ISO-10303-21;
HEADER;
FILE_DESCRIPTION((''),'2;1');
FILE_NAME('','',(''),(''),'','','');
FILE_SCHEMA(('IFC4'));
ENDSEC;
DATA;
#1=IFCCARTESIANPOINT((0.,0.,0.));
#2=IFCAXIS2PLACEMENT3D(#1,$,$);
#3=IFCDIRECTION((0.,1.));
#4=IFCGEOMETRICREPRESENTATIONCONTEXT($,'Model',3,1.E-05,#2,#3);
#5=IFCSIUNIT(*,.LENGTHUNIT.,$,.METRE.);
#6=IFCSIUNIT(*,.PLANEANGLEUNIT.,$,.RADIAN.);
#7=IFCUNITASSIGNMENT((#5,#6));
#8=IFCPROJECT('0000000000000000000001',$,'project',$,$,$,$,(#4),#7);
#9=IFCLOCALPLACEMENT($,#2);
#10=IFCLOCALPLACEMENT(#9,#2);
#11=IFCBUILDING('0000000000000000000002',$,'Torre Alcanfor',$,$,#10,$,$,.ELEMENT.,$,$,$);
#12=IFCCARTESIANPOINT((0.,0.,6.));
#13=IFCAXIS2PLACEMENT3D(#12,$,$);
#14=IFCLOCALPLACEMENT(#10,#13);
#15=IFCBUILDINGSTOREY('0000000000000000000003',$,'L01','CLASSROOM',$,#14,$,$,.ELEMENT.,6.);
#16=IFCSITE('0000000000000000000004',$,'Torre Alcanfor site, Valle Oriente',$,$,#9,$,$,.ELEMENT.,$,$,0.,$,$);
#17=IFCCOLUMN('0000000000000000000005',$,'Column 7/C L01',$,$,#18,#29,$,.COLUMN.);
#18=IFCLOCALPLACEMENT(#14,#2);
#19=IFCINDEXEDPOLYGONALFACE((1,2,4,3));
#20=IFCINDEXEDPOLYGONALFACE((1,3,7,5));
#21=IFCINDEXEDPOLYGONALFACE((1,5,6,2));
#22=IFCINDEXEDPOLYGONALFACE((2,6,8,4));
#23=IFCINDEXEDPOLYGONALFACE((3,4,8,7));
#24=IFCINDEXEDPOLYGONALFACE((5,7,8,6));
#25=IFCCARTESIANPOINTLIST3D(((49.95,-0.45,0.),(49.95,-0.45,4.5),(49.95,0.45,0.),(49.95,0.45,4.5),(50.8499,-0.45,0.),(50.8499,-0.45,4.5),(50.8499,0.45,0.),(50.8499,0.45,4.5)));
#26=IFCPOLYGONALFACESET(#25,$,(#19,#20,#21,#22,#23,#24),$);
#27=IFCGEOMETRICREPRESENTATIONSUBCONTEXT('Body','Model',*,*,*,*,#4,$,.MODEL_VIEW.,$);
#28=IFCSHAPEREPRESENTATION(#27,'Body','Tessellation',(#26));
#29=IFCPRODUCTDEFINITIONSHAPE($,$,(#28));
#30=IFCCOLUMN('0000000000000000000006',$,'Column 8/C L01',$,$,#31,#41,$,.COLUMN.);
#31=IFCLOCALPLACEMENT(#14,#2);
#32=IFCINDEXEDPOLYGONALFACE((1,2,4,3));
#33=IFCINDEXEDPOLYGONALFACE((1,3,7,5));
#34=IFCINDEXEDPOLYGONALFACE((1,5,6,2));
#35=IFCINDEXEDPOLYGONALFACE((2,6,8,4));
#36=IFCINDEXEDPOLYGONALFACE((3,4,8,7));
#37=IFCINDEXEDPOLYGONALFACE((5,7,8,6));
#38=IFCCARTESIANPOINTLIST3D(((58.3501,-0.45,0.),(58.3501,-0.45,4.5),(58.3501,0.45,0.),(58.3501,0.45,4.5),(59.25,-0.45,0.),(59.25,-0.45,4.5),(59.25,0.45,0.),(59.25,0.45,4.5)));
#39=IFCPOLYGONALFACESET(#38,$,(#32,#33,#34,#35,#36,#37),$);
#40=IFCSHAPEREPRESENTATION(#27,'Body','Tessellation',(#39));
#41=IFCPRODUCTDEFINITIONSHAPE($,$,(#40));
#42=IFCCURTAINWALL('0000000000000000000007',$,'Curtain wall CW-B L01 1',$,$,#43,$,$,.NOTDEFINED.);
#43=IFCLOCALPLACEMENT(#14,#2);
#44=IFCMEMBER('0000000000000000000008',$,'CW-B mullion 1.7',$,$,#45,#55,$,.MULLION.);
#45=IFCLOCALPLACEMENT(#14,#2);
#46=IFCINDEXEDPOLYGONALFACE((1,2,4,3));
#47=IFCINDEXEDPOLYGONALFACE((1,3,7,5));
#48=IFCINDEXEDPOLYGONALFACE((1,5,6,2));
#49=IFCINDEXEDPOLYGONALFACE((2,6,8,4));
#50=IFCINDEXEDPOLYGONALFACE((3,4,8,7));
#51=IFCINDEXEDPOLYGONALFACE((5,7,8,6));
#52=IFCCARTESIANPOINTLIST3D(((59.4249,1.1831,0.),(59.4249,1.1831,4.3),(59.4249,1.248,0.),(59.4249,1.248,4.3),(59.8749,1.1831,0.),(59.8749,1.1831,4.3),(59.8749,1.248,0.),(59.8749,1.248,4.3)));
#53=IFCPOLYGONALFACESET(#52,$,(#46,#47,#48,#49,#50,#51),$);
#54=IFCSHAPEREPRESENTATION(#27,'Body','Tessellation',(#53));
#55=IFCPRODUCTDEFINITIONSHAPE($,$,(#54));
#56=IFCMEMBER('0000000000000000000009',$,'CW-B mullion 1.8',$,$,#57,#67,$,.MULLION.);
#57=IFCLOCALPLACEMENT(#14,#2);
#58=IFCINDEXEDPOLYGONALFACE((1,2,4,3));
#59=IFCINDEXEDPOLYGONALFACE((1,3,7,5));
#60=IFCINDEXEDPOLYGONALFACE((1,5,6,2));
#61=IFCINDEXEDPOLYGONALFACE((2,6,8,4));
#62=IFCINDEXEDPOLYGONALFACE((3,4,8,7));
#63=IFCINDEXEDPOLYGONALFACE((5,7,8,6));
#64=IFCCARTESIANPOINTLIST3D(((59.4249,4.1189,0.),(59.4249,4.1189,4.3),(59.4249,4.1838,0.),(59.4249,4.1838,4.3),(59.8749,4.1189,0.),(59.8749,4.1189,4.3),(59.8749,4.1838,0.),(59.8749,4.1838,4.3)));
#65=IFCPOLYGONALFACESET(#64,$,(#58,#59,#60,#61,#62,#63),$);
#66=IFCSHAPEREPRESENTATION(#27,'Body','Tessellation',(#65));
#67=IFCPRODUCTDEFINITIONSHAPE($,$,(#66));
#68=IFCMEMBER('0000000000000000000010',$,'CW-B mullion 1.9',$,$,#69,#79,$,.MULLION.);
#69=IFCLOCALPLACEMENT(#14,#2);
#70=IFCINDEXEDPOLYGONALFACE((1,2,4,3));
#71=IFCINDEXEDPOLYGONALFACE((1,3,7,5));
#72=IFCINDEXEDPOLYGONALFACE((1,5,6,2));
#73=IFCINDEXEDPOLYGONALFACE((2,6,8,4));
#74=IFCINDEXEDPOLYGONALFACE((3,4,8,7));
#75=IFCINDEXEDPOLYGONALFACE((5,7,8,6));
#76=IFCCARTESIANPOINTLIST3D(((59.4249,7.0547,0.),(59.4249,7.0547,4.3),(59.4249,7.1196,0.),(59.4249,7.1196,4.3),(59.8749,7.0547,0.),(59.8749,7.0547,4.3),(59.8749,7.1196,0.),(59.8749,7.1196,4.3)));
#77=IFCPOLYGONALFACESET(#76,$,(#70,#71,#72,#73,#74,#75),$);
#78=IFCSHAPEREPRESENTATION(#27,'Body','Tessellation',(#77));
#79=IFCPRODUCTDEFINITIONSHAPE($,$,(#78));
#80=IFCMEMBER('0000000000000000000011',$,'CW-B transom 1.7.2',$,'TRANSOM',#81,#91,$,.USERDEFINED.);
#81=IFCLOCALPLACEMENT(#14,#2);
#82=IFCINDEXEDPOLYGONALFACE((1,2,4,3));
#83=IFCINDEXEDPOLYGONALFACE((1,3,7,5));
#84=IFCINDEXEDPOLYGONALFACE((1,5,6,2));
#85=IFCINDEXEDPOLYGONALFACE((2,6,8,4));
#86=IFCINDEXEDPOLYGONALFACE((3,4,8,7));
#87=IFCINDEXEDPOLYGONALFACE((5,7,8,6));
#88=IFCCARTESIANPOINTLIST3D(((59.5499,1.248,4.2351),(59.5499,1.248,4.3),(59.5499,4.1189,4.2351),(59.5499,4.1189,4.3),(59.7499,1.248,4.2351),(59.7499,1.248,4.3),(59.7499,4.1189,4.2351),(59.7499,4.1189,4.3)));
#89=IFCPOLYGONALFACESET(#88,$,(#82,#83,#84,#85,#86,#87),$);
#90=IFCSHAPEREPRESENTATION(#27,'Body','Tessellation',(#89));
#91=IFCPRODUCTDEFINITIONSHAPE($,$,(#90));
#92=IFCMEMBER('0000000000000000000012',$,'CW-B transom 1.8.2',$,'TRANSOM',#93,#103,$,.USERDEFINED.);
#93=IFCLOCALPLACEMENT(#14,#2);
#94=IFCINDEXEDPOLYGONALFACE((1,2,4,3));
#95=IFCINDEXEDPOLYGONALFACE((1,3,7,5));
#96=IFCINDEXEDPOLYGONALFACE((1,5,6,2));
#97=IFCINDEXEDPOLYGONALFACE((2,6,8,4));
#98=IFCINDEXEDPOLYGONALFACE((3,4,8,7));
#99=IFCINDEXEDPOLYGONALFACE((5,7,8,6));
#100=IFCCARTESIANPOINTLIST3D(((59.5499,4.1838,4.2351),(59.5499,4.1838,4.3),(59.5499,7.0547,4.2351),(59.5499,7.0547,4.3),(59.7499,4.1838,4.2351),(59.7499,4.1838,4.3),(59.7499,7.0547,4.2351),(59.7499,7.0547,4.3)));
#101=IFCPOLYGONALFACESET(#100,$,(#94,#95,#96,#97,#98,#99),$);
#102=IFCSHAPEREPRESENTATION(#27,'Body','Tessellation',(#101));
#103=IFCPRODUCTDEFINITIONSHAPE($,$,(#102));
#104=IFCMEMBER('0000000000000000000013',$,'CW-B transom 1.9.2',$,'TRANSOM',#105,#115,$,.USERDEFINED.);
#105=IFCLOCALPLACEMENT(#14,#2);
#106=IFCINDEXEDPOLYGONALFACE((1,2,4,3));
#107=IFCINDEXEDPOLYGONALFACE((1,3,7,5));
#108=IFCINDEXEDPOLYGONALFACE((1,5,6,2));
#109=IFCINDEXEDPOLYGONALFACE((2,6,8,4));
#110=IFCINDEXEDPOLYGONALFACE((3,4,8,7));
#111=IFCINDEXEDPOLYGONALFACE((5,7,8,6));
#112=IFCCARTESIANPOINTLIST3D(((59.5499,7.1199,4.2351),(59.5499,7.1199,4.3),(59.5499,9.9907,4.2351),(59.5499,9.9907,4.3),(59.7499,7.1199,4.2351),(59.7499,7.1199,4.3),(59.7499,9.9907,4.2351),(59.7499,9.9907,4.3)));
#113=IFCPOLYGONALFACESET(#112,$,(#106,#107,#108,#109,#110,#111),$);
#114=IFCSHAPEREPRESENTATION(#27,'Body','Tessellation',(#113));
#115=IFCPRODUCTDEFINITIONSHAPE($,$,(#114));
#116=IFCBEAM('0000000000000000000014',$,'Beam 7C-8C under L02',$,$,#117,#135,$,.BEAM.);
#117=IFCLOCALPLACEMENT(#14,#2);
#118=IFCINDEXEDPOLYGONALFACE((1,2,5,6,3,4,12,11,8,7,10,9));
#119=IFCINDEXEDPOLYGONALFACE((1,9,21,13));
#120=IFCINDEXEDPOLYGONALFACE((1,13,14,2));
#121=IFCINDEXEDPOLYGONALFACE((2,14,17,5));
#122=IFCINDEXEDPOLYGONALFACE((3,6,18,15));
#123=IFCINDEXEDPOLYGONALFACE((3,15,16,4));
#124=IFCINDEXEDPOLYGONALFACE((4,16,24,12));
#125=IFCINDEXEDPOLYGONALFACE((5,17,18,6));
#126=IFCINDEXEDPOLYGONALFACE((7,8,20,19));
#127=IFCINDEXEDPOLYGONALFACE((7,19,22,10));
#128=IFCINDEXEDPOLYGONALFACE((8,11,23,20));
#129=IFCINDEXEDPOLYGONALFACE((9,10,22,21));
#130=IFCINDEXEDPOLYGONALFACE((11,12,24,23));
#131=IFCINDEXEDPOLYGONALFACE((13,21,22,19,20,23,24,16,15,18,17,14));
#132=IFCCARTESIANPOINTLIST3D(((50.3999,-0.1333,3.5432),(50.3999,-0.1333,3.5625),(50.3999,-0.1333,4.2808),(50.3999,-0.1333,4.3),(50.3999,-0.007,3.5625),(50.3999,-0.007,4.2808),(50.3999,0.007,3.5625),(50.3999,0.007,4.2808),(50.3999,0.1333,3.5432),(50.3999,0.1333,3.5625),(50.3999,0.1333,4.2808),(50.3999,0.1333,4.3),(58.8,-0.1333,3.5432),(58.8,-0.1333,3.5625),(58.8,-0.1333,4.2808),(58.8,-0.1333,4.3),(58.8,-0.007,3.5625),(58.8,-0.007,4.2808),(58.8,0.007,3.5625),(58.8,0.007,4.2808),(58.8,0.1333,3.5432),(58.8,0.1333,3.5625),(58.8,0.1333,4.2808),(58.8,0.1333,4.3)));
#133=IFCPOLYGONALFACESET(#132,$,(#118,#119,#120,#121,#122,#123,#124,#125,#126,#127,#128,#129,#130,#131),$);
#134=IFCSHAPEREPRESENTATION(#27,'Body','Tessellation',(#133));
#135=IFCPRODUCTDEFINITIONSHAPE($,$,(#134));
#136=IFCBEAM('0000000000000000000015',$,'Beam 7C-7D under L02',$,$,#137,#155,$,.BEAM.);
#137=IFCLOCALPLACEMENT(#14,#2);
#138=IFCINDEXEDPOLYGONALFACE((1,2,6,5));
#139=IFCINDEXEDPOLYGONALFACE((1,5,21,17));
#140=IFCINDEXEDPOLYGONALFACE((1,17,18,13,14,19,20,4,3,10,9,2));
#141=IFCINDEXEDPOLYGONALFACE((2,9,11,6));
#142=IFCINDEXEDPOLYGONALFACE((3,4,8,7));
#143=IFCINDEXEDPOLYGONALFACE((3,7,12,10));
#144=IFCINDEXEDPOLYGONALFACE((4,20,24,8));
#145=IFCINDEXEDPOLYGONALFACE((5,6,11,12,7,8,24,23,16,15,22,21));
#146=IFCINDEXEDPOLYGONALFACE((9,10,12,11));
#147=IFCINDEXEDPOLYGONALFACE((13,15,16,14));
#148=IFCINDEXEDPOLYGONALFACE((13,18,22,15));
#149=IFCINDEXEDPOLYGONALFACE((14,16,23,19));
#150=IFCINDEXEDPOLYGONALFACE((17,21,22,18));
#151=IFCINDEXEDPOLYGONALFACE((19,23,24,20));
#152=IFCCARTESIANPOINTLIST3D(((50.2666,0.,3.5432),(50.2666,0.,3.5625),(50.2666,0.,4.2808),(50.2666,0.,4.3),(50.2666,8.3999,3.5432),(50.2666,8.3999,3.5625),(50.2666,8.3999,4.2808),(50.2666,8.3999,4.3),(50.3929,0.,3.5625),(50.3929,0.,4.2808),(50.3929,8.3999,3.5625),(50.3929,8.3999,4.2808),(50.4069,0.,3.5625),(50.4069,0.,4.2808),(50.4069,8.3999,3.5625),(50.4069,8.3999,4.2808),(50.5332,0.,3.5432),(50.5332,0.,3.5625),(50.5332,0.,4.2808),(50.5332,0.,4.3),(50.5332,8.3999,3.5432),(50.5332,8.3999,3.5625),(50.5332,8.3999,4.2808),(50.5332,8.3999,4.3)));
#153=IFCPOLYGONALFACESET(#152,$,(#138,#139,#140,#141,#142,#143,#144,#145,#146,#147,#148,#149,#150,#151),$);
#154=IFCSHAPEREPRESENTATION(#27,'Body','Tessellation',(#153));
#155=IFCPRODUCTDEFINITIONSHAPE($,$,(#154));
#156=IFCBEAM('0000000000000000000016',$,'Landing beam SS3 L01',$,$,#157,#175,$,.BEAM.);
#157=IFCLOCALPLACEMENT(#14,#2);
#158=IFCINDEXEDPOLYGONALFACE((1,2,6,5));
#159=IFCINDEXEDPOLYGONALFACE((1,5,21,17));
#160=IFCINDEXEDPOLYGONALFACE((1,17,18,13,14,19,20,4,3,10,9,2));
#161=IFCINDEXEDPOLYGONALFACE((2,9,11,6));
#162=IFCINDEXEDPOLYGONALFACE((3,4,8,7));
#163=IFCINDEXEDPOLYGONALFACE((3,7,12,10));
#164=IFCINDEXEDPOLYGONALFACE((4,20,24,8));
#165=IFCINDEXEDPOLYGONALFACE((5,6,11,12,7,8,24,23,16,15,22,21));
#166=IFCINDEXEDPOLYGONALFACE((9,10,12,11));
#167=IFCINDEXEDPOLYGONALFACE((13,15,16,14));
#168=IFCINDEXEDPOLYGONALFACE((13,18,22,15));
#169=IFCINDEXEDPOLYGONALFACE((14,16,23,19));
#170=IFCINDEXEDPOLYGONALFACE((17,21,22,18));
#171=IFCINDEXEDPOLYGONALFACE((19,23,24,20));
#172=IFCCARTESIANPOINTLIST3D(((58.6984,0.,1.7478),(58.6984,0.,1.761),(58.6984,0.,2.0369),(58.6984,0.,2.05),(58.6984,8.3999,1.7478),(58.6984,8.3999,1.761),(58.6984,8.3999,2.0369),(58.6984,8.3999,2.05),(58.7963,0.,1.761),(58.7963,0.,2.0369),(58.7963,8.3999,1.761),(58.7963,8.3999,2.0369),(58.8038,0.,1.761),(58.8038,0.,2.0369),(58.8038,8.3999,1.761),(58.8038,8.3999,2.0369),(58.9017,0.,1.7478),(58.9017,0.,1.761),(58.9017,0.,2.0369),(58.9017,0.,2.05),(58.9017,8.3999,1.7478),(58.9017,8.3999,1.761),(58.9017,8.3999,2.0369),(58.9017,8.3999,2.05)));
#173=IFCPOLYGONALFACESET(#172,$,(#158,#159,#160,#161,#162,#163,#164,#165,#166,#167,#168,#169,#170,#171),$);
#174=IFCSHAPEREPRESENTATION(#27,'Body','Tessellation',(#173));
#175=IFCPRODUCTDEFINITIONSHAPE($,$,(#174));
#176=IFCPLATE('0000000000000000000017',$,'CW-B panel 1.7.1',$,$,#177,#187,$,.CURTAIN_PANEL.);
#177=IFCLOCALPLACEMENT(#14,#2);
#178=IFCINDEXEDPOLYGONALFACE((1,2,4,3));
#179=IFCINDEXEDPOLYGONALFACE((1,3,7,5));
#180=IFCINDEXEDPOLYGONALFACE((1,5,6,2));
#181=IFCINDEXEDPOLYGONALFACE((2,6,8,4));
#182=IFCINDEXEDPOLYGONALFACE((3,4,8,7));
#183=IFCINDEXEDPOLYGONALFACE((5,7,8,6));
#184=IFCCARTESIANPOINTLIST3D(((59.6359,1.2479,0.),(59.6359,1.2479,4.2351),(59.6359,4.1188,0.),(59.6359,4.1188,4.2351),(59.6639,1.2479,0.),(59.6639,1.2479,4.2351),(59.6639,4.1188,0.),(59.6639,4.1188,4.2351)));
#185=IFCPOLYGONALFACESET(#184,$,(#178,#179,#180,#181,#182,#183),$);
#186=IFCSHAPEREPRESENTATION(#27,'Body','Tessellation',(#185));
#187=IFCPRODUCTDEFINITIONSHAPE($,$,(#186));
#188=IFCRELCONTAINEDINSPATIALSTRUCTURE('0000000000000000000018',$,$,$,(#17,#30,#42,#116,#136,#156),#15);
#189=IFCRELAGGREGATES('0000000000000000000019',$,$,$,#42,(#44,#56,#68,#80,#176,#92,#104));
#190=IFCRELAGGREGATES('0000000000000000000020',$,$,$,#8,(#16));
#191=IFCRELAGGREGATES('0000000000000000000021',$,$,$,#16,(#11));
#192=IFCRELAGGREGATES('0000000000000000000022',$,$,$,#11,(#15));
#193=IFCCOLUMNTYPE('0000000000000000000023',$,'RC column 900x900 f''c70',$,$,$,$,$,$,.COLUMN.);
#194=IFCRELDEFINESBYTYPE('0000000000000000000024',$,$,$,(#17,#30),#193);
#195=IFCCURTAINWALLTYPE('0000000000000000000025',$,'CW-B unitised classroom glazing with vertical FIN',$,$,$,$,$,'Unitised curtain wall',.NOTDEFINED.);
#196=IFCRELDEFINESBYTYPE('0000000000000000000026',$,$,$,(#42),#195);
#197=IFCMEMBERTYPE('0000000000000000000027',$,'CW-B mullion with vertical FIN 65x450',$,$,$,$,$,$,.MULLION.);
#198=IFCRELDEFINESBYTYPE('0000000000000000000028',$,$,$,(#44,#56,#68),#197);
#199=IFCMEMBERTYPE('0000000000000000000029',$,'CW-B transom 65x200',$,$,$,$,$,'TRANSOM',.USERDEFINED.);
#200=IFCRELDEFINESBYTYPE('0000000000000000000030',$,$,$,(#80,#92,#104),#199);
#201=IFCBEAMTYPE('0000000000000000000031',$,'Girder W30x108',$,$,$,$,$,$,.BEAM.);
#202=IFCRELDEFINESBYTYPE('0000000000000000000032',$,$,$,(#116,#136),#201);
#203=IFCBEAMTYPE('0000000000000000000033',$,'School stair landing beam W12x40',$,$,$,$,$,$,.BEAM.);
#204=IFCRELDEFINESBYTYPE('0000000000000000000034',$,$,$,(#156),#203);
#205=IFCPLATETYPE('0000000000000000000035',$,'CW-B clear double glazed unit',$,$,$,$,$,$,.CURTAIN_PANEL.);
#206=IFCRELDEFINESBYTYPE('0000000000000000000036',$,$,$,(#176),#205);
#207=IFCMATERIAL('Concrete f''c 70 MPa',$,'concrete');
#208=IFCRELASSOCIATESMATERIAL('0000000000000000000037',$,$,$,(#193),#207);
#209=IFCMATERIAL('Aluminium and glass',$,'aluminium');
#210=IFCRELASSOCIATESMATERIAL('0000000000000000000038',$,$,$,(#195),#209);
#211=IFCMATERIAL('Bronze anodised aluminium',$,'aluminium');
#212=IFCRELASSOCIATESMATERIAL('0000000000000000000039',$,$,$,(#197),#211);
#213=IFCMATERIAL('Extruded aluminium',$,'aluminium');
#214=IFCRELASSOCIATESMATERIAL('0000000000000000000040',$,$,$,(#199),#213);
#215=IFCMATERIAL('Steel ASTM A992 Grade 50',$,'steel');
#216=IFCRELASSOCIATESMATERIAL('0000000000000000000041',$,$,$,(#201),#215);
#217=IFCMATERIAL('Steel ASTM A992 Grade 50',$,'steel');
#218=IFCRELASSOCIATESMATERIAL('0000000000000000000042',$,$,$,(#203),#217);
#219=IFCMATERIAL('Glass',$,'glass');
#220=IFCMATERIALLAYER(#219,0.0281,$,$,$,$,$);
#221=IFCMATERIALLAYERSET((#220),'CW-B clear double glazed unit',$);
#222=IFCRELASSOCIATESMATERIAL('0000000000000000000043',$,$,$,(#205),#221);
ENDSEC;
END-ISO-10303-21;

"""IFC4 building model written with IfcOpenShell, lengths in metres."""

from ifc_helpers import new_model, si_unit, direction, frame, origin, origin_2d, place, context, subcontext, project, spatial, rectangle, i_section, extrude, material, layer, layer_set, material_profile, profile_set, type_object, element, aggregate, save


model = new_model("IFC4")

# Units and contexts
model_context = context("Model", 3, precision=1e-05, world=origin(), true_north=direction((0.0, 1.0)))
body_context = subcontext(model_context, "Body", "Model", "MODEL_VIEW")
ifc_project = project(units=[si_unit("LENGTHUNIT", "METRE"), si_unit("PLANEANGLEUNIT", "RADIAN")], contexts=[model_context])

# Site, building, storey
site_placement = place(None, origin())
site = spatial("IfcSite", under=ifc_project, at=site_placement, Name="Torre Alcanfor site, Valle Oriente", CompositionType="ELEMENT", RefElevation=0.0)
building_placement = place(site_placement, origin())
building = spatial("IfcBuilding", under=site, at=building_placement, Name="Torre Alcanfor", CompositionType="ELEMENT")
storey_placement = place(building_placement, frame((0.0, 0.0, 6.0)))
storey = spatial("IfcBuildingStorey", under=building, at=storey_placement, Name="L01", Description="CLASSROOM", CompositionType="ELEMENT", Elevation=6.0)

# Columns
ifc_material_1 = material(Name="Concrete f'c 70 MPa", Category="concrete")
ifc_material_profile_1 = material_profile(ifc_material_1, rectangle(XDim=0.8999, YDim=0.8999, at=origin_2d()), Name="900x900")
ifc_profile_set_1 = profile_set([ifc_material_profile_1], Name="Concrete f'c 70 MPa")
column_type = type_object("IfcColumnType", Name="RC column 900x900 f'c70", PredefinedType="COLUMN", material=ifc_profile_set_1)
for number, where, z_axis, x_axis, name in (
    (1, (50.3999, 0.0, 0.0), (0.0, 0.0, 1.0), (1.0, 0.0, 0.0), "Column 7/C L01"),
    (2, (58.8, 0.0, 0.0), (0.0, 0.0, 1.0), (1.0, 0.0, 0.0), "Column 8/C L01"),
):
    element("IfcColumn", number, at=place(storey_placement, frame(where, z_axis=z_axis, x_axis=x_axis)), inside=storey, type_object=column_type, Name=name, PredefinedType="COLUMN", context=body_context, shape_type="SweptSolid", body=[
        extrude(rectangle(XDim=0.8999, YDim=0.8999, at=origin_2d()), origin(), (0.0, 0.0, 1.0), 4.5),
    ])

# Curtain wall, members
ifc_material_2 = material(Name="Aluminium and glass", Category="aluminium")
curtain_wall_type = type_object("IfcCurtainWallType", Name="CW-B unitised classroom glazing with vertical FIN", ElementType="Unitised curtain wall", PredefinedType="NOTDEFINED", material=ifc_material_2)
curtain_wall_placement = place(storey_placement, origin())
curtain_wall = element("IfcCurtainWall", 3, at=curtain_wall_placement, inside=storey, type_object=curtain_wall_type, Name="Curtain wall CW-B L01 1", PredefinedType="NOTDEFINED")
ifc_material_3 = material(Name="Bronze anodised aluminium", Category="aluminium")
ifc_material_profile_2 = material_profile(ifc_material_3, rectangle(XDim=0.45, YDim=0.0649, at=origin_2d()), Name="CW-B mullion 65x450")
ifc_profile_set_2 = profile_set([ifc_material_profile_2], Name="Bronze anodised aluminium")
member_type_1 = type_object("IfcMemberType", Name="CW-B mullion with vertical FIN 65x450", PredefinedType="MULLION", material=ifc_profile_set_2)
member_1_placement = place(storey_placement, frame((59.6499, 1.2156, 0.0), z_axis=(0.0, 0.0, 1.0), x_axis=(-1.0, 0.0, 0.0)))
member_1 = element("IfcMember", 4, at=member_1_placement, type_object=member_type_1, Name="CW-B mullion 1.7", PredefinedType="MULLION", context=body_context, shape_type="SweptSolid", body=[
    extrude(rectangle(XDim=0.45, YDim=0.0649, at=origin_2d()), origin(), (0.0, 0.0, 1.0), 4.3),
])
member_2_placement = place(storey_placement, frame((59.6499, 4.1514, 0.0), z_axis=(0.0, 0.0, 1.0), x_axis=(-1.0, 0.0, 0.0)))
member_2 = element("IfcMember", 5, at=member_2_placement, type_object=member_type_1, Name="CW-B mullion 1.8", PredefinedType="MULLION", context=body_context, shape_type="SweptSolid", body=[
    extrude(rectangle(XDim=0.45, YDim=0.0649, at=origin_2d()), origin(), (0.0, 0.0, 1.0), 4.3),
])
member_3_placement = place(storey_placement, frame((59.6499, 7.0872, 0.0), z_axis=(0.0, 0.0, 1.0), x_axis=(-1.0, 0.0, 0.0)))
member_3 = element("IfcMember", 6, at=member_3_placement, type_object=member_type_1, Name="CW-B mullion 1.9", PredefinedType="MULLION", context=body_context, shape_type="SweptSolid", body=[
    extrude(rectangle(XDim=0.45, YDim=0.0649, at=origin_2d()), origin(), (0.0, 0.0, 1.0), 4.3),
])
ifc_material_4 = material(Name="Extruded aluminium", Category="aluminium")
ifc_material_profile_3 = material_profile(ifc_material_4, rectangle(XDim=0.2, YDim=0.0649, at=origin_2d()), Name="CW-B transom 200x65")
ifc_profile_set_3 = profile_set([ifc_material_profile_3], Name="Extruded aluminium")
member_type_2 = type_object("IfcMemberType", Name="CW-B transom 65x200", ElementType="TRANSOM", PredefinedType="USERDEFINED", material=ifc_profile_set_3)
member_4_placement = place(storey_placement, frame((59.6499, 1.248, 4.2676), z_axis=(0.0, 1.0, 0.0), x_axis=(-1.0, 0.0, 0.0)))
member_4 = element("IfcMember", 7, at=member_4_placement, type_object=member_type_2, Name="CW-B transom 1.7.2", ObjectType="TRANSOM", PredefinedType="USERDEFINED", context=body_context, shape_type="SweptSolid", body=[
    extrude(rectangle(XDim=0.2, YDim=0.0649, at=origin_2d()), origin(), (0.0, 0.0, 1.0), 2.8708),
])
member_5_placement = place(storey_placement, frame((59.6499, 4.1838, 4.2676), z_axis=(0.0, 1.0, 0.0), x_axis=(-1.0, 0.0, 0.0)))
member_5 = element("IfcMember", 8, at=member_5_placement, type_object=member_type_2, Name="CW-B transom 1.8.2", ObjectType="TRANSOM", PredefinedType="USERDEFINED", context=body_context, shape_type="SweptSolid", body=[
    extrude(rectangle(XDim=0.2, YDim=0.0649, at=origin_2d()), origin(), (0.0, 0.0, 1.0), 2.8708),
])
member_6_placement = place(storey_placement, frame((59.6499, 7.1199, 4.2676), z_axis=(0.0, 1.0, 0.0), x_axis=(-1.0, 0.0, 0.0)))
member_6 = element("IfcMember", 9, at=member_6_placement, type_object=member_type_2, Name="CW-B transom 1.9.2", ObjectType="TRANSOM", PredefinedType="USERDEFINED", context=body_context, shape_type="SweptSolid", body=[
    extrude(rectangle(XDim=0.2, YDim=0.0649, at=origin_2d()), origin(), (0.0, 0.0, 1.0), 2.8708),
])

# Beams
ifc_material_5 = material(Name="Steel ASTM A992 Grade 50", Category="steel")
ifc_material_profile_4 = material_profile(ifc_material_5, i_section(OverallWidth=0.2666, OverallDepth=0.7568, WebThickness=0.0139, FlangeThickness=0.0193, at=origin_2d()), Name="W30x108")
ifc_profile_set_4 = profile_set([ifc_material_profile_4], Name="Steel ASTM A992 Grade 50")
beam_type_1 = type_object("IfcBeamType", Name="Girder W30x108", PredefinedType="BEAM", material=ifc_profile_set_4)
beam_1_placement = place(storey_placement, frame((50.3999, 0.0, 3.9216), z_axis=(1.0, 0.0, 0.0), x_axis=(0.0, 1.0, 0.0)))
element("IfcBeam", 10, at=beam_1_placement, inside=storey, type_object=beam_type_1, Name="Beam 7C-8C under L02", PredefinedType="BEAM", context=body_context, shape_type="SweptSolid", body=[
    extrude(i_section(OverallWidth=0.2666, OverallDepth=0.7568, WebThickness=0.0139, FlangeThickness=0.0193, at=origin_2d()), origin(), (0.0, 0.0, 1.0), 8.4001),
])
beam_2_placement = place(storey_placement, frame((50.3999, 0.0, 3.9216), z_axis=(0.0, 1.0, 0.0), x_axis=(-1.0, 0.0, 0.0)))
element("IfcBeam", 11, at=beam_2_placement, inside=storey, type_object=beam_type_1, Name="Beam 7C-7D under L02", PredefinedType="BEAM", context=body_context, shape_type="SweptSolid", body=[
    extrude(i_section(OverallWidth=0.2666, OverallDepth=0.7568, WebThickness=0.0139, FlangeThickness=0.0193, at=origin_2d()), origin(), (0.0, 0.0, 1.0), 8.3999),
])
ifc_material_6 = material(Name="Steel ASTM A992 Grade 50", Category="steel")
ifc_material_profile_5 = material_profile(ifc_material_6, i_section(OverallWidth=0.2034, OverallDepth=0.3022, WebThickness=0.0076, FlangeThickness=0.0132, at=origin_2d()), Name="W12x40")
ifc_profile_set_5 = profile_set([ifc_material_profile_5], Name="Steel ASTM A992 Grade 50")
beam_type_2 = type_object("IfcBeamType", Name="School stair landing beam W12x40", PredefinedType="BEAM", material=ifc_profile_set_5)
beam_3_placement = place(storey_placement, frame((58.8, 0.0, 1.8989), z_axis=(0.0, 1.0, 0.0), x_axis=(-1.0, 0.0, 0.0)))
element("IfcBeam", 12, at=beam_3_placement, inside=storey, type_object=beam_type_2, Name="Landing beam SS3 L01", PredefinedType="BEAM", context=body_context, shape_type="SweptSolid", body=[
    extrude(i_section(OverallWidth=0.2034, OverallDepth=0.3022, WebThickness=0.0076, FlangeThickness=0.0132, at=origin_2d()), origin(), (0.0, 0.0, 1.0), 8.3999),
])

# Plate
ifc_material_7 = material(Name="Glass", Category="glass")
ifc_layer_1 = layer(ifc_material_7, 0.0281)
ifc_layer_set_1 = layer_set([ifc_layer_1], Name="CW-B clear double glazed unit")
plate_type = type_object("IfcPlateType", Name="CW-B clear double glazed unit", PredefinedType="CURTAIN_PANEL", material=ifc_layer_set_1)
plate_1_placement = place(storey_placement, frame((59.6499, 2.6833, 0.0), z_axis=(0.0, 0.0, 1.0), x_axis=(0.0, 1.0, 0.0)))
plate_1 = element("IfcPlate", 13, at=plate_1_placement, type_object=plate_type, Name="CW-B panel 1.7.1", PredefinedType="CURTAIN_PANEL", context=body_context, shape_type="SweptSolid", body=[
    extrude(rectangle(XDim=2.8708, YDim=0.0281, at=origin_2d()), origin(), (0.0, 0.0, 1.0), 4.2351),
])
aggregate(curtain_wall, [member_1, member_2, member_3, member_4, plate_1, member_5, member_6])

save(model, "model.ifc")
